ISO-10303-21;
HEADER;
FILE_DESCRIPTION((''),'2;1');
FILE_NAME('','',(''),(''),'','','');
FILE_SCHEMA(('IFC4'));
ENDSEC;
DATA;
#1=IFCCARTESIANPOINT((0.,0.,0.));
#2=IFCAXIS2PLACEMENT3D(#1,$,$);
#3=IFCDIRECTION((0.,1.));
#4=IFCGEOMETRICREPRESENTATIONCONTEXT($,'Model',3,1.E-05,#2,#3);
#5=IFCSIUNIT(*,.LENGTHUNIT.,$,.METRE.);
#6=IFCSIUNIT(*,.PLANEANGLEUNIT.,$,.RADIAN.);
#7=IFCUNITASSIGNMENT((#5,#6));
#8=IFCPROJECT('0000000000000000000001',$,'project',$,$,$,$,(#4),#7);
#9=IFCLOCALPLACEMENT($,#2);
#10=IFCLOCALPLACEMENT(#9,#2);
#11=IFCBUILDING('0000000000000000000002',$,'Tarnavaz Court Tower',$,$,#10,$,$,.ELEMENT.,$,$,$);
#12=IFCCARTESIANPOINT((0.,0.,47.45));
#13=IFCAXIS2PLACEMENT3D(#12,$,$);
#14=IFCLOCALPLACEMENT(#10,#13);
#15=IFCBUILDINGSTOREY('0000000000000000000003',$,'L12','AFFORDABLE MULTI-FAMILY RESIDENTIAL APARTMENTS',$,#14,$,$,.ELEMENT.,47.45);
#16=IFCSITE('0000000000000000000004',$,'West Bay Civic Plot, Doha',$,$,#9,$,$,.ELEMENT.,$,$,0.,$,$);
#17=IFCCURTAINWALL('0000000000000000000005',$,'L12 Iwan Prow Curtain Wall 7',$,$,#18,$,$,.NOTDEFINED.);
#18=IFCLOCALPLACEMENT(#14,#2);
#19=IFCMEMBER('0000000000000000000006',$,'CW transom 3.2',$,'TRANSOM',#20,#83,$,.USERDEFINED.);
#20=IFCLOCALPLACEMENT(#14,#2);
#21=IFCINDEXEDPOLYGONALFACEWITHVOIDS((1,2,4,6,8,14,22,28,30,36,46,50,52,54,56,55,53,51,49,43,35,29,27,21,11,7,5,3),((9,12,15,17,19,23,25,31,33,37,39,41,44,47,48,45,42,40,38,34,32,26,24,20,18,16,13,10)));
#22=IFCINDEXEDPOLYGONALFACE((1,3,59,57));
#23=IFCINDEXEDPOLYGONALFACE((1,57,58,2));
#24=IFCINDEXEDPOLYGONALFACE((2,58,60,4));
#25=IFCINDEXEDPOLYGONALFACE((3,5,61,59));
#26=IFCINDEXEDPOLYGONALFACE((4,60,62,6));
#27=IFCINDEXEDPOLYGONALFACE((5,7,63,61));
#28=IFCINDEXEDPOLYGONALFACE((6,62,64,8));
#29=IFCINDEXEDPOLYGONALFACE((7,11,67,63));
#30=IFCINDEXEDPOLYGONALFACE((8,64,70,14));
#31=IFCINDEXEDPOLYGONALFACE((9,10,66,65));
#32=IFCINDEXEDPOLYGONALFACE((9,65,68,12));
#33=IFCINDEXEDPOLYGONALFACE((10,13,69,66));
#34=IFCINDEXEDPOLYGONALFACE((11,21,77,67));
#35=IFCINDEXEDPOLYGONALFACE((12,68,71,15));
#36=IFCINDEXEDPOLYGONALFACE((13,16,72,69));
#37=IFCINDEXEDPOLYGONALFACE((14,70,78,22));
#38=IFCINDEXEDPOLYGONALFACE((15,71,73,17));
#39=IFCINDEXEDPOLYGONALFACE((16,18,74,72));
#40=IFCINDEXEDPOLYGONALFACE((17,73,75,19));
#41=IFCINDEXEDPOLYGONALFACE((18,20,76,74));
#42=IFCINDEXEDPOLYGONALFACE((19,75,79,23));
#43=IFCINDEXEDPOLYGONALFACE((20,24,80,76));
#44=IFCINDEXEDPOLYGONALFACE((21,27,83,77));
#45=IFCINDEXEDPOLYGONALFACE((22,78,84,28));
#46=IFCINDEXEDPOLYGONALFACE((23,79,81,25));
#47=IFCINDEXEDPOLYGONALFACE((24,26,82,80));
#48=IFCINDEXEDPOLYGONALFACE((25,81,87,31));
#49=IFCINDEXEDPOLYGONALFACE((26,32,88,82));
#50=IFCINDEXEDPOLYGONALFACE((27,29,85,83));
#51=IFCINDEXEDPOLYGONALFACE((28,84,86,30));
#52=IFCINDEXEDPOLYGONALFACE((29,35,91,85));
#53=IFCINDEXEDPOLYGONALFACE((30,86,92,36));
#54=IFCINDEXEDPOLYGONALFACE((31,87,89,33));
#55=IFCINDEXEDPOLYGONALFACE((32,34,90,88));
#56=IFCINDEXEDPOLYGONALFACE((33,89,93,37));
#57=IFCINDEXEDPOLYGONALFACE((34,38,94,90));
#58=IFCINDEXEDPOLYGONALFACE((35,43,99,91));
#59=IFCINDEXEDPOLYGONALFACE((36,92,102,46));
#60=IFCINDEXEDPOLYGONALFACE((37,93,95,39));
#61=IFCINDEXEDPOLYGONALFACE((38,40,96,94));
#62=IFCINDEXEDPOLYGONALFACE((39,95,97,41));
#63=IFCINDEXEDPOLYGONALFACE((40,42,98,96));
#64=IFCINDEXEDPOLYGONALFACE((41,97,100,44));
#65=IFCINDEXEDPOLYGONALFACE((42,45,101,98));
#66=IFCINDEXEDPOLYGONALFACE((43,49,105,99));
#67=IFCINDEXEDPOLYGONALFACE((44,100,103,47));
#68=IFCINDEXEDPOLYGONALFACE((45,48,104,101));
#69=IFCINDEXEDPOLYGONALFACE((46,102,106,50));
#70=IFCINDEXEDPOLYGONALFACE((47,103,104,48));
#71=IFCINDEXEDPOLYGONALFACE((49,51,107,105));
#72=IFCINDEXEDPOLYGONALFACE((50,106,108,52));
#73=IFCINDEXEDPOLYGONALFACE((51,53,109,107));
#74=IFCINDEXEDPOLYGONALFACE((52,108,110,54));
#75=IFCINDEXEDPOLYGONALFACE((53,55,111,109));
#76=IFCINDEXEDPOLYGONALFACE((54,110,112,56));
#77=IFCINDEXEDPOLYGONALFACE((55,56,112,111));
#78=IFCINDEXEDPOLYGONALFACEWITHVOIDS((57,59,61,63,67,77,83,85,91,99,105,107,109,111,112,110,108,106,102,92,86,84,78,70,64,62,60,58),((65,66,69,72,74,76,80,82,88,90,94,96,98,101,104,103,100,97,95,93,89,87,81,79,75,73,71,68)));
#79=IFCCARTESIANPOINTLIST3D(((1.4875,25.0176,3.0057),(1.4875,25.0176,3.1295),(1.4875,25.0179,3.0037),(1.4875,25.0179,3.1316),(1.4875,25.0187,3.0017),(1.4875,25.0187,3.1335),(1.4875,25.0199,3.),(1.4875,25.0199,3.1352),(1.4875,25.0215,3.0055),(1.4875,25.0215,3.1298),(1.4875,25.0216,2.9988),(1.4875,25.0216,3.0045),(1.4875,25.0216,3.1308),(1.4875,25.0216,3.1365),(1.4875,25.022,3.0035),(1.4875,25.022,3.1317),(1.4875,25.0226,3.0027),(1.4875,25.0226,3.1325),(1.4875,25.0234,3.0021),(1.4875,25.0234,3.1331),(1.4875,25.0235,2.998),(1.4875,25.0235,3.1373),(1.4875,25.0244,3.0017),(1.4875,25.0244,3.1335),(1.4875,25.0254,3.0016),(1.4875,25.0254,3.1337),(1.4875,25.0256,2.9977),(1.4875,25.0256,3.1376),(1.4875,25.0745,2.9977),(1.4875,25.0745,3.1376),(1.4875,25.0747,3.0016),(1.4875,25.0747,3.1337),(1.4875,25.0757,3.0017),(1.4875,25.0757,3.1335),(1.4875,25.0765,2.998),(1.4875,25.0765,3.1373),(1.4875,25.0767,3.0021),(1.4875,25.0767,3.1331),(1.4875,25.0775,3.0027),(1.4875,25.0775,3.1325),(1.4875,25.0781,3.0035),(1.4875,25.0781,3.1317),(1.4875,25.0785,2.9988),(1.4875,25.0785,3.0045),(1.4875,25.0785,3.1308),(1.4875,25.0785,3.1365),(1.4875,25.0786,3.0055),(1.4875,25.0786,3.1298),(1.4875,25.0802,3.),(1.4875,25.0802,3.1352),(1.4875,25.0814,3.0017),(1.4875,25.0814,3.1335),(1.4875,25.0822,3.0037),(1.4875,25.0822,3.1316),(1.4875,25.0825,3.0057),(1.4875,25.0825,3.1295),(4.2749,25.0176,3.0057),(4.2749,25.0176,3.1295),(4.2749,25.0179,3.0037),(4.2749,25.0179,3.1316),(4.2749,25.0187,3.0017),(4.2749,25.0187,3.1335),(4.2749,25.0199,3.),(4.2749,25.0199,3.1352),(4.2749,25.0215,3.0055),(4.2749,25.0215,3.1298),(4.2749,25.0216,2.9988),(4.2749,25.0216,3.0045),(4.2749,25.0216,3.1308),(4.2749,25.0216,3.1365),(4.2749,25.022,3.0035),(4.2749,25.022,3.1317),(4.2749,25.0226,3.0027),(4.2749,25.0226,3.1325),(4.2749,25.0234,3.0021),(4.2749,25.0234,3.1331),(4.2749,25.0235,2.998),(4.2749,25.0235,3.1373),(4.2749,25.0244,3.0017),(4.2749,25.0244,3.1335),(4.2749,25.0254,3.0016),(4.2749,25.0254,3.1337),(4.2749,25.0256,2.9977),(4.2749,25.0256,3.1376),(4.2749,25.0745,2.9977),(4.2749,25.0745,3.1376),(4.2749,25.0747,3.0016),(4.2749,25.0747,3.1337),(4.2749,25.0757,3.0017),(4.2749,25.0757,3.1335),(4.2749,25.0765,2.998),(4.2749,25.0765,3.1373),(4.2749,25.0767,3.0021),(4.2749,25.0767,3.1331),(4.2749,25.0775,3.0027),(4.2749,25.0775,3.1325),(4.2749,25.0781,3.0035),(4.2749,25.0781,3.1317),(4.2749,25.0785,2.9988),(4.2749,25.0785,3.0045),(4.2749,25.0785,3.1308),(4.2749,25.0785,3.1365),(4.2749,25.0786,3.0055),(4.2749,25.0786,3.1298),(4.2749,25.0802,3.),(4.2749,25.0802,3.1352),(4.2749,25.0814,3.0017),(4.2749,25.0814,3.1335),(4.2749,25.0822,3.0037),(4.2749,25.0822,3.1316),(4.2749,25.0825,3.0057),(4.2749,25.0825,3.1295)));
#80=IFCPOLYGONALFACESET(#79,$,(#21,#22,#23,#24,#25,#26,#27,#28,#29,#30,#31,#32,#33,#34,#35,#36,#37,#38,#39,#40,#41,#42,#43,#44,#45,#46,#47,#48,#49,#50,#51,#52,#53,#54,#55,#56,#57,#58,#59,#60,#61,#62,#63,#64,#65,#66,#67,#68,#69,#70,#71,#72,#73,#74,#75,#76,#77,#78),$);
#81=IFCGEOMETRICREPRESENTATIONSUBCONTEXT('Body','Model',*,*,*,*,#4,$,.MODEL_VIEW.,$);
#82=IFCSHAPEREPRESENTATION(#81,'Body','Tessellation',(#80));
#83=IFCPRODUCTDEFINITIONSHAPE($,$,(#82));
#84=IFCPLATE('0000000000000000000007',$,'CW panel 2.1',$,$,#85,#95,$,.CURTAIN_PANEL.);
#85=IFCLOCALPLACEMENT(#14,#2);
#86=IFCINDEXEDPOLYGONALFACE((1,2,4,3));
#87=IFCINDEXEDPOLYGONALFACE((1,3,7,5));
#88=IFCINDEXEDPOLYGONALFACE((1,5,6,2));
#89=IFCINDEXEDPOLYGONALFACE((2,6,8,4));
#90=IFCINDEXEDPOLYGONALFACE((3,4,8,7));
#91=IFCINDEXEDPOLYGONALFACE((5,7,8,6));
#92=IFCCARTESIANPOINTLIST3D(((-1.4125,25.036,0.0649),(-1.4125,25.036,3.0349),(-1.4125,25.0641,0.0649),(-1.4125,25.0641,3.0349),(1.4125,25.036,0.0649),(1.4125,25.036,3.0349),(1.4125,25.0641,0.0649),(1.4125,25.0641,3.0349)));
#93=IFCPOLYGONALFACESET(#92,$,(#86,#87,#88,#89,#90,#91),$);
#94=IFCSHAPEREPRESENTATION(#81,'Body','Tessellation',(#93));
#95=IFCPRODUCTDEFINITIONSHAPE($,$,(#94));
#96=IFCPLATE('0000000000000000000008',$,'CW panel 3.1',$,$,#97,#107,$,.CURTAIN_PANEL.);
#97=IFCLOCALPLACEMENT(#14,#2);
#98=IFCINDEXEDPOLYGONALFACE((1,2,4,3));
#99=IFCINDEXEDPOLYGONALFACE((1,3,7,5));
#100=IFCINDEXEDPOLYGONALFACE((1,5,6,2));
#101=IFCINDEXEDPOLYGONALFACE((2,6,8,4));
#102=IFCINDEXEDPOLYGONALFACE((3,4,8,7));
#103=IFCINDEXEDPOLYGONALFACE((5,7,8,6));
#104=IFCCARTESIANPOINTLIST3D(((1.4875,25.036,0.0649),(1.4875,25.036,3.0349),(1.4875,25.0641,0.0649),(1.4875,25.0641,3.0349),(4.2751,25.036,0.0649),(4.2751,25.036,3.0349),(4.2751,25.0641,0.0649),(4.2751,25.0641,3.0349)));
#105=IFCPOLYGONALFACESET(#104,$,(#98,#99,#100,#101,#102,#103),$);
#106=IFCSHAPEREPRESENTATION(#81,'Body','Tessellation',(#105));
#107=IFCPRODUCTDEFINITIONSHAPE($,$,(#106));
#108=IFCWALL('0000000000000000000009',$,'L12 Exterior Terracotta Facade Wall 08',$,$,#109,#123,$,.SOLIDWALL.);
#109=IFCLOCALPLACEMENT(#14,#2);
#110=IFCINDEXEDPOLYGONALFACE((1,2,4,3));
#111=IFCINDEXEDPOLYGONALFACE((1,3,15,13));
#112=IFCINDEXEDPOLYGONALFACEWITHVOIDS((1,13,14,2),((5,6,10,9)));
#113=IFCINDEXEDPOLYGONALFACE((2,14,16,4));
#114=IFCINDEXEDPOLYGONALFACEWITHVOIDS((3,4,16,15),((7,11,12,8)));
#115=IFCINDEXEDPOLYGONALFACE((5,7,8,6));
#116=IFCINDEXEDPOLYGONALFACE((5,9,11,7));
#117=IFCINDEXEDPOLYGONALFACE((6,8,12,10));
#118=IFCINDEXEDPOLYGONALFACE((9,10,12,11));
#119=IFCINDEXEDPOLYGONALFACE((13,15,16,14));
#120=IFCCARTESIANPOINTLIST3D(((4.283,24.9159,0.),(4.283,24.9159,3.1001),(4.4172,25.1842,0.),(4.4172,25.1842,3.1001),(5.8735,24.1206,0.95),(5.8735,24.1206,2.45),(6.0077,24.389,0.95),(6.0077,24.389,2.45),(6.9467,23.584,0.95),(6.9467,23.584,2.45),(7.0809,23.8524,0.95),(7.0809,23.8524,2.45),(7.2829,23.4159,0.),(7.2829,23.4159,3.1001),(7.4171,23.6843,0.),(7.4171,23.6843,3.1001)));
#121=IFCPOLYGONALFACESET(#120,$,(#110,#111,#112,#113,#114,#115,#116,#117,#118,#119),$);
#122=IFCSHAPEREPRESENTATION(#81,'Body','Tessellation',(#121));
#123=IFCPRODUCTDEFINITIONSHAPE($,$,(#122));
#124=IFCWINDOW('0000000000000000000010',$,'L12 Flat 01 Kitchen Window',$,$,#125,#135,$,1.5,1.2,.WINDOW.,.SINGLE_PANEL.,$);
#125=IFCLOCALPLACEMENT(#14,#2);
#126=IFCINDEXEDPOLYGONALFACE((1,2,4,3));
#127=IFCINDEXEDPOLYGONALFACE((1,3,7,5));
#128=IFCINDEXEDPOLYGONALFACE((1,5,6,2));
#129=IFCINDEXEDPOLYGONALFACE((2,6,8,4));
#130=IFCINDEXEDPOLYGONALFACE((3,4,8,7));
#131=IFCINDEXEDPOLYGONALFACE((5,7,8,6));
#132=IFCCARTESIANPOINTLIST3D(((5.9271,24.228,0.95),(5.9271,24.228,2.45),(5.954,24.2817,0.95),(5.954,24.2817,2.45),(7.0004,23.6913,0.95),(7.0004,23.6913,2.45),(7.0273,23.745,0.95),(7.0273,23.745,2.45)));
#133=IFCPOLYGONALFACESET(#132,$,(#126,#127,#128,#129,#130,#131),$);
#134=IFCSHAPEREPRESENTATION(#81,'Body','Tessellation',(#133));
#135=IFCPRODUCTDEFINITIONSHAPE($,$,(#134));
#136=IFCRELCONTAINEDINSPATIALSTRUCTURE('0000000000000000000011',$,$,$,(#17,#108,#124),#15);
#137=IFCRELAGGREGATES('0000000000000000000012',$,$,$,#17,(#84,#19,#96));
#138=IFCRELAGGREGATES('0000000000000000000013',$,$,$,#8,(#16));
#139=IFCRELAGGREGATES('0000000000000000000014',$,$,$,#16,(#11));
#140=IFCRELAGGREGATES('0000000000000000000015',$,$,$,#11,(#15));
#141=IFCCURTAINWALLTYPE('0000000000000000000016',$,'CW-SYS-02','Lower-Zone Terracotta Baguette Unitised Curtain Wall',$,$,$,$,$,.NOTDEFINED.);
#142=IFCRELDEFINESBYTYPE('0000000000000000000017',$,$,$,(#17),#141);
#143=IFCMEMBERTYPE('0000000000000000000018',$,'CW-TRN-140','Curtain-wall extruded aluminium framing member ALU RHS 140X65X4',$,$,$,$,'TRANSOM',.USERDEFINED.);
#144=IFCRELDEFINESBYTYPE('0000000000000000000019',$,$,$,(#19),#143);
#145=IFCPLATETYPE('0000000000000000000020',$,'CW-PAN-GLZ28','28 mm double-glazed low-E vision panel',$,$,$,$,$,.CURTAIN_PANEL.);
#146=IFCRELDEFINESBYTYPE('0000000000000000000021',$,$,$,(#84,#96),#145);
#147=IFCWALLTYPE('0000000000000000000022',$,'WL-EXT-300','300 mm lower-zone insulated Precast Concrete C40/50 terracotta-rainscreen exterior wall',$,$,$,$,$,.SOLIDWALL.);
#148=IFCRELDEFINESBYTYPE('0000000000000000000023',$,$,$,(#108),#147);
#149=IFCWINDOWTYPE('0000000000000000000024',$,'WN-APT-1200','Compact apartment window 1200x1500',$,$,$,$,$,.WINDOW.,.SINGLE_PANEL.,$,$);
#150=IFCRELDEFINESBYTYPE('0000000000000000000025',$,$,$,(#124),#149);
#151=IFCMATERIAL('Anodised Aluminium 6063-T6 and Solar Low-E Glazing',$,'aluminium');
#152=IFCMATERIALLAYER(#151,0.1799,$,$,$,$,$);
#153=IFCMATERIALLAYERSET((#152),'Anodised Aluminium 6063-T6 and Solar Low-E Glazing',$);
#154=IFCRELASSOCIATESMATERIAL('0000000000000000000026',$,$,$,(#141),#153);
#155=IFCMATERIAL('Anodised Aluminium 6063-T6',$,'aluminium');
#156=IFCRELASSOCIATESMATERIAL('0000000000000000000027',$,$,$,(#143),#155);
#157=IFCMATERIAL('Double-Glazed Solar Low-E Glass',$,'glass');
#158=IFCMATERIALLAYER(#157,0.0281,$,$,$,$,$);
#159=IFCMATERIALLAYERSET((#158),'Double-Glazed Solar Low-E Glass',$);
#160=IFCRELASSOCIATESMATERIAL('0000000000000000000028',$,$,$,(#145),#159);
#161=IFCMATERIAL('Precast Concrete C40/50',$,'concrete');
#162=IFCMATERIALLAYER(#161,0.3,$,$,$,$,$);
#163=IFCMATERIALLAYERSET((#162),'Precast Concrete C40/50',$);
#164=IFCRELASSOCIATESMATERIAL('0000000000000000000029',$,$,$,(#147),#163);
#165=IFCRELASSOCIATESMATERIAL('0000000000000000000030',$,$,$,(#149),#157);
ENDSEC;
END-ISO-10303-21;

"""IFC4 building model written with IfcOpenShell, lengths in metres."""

from ifc_helpers import new_model, si_unit, direction, frame, frame_2d, origin, origin_2d, place, context, subcontext, project, spatial, rectangle, hollow_rectangle, extrude, material, layer, layer_set, material_profile, profile_set, type_object, element, fill, aggregate, save


model = new_model("IFC4")

# Units and contexts
model_context = context("Model", 3, precision=1e-05, world=origin(), true_north=direction((0.0, 1.0)))
body_context = subcontext(model_context, "Body", "Model", "MODEL_VIEW")
ifc_project = project(units=[si_unit("LENGTHUNIT", "METRE"), si_unit("PLANEANGLEUNIT", "RADIAN")], contexts=[model_context])

# Site, building, storey
site_placement = place(None, origin())
site = spatial("IfcSite", under=ifc_project, at=site_placement, Name="West Bay Civic Plot, Doha", CompositionType="ELEMENT", RefElevation=0.0)
building_placement = place(site_placement, origin())
building = spatial("IfcBuilding", under=site, at=building_placement, Name="Tarnavaz Court Tower", CompositionType="ELEMENT")
storey_placement = place(building_placement, frame((0.0, 0.0, 47.45)))
storey = spatial("IfcBuildingStorey", under=building, at=storey_placement, Name="L12", Description="AFFORDABLE MULTI-FAMILY RESIDENTIAL APARTMENTS", CompositionType="ELEMENT", Elevation=47.45)

# Curtain wall, member, plates
ifc_material_1 = material(Name="Anodised Aluminium 6063-T6 and Solar Low-E Glazing", Category="aluminium")
ifc_layer_1 = layer(ifc_material_1, 0.1799)
ifc_layer_set_1 = layer_set([ifc_layer_1], Name="Anodised Aluminium 6063-T6 and Solar Low-E Glazing")
curtain_wall_type = type_object("IfcCurtainWallType", Name="CW-SYS-02", Description="Lower-Zone Terracotta Baguette Unitised Curtain Wall", PredefinedType="NOTDEFINED", material=ifc_layer_set_1)
curtain_wall_placement = place(storey_placement, origin())
curtain_wall = element("IfcCurtainWall", 1, at=curtain_wall_placement, inside=storey, type_object=curtain_wall_type, Name="L12 Iwan Prow Curtain Wall 7", PredefinedType="NOTDEFINED")
ifc_material_2 = material(Name="Anodised Aluminium 6063-T6", Category="aluminium")
ifc_material_profile_1 = material_profile(ifc_material_2, hollow_rectangle(XDim=0.0649, YDim=0.1399, WallThickness=0.0039, InnerFilletRadius=0.0039, OuterFilletRadius=0.0081, at=origin_2d()), Name="ALU RHS 140X65X4")
ifc_profile_set_1 = profile_set([ifc_material_profile_1], Name="Anodised Aluminium 6063-T6")
member_type_1 = type_object("IfcMemberType", Name="CW-TRN-140", Description="Curtain-wall extruded aluminium framing member ALU RHS 140X65X4", ElementType="TRANSOM", PredefinedType="USERDEFINED", material=ifc_profile_set_1)
member_1_placement = place(storey_placement, frame((1.4875, 25.05, 3.0676), z_axis=(1.0, 0.0, 0.0), x_axis=(0.0, 1.0, 0.0)))
member_1 = element("IfcMember", 2, at=member_1_placement, type_object=member_type_1, Name="CW transom 3.2", ObjectType="TRANSOM", PredefinedType="USERDEFINED", context=body_context, shape_type="SweptSolid", body=[
    extrude(hollow_rectangle(XDim=0.0649, YDim=0.1399, WallThickness=0.0039, InnerFilletRadius=0.0039, OuterFilletRadius=0.0081, at=origin_2d()), origin(), (0.0, 0.0, 1.0), 2.7874),
])
ifc_material_3 = material(Name="Double-Glazed Solar Low-E Glass", Category="glass")
ifc_layer_2 = layer(ifc_material_3, 0.0281)
ifc_layer_set_2 = layer_set([ifc_layer_2], Name="Double-Glazed Solar Low-E Glass")
plate_type = type_object("IfcPlateType", Name="CW-PAN-GLZ28", Description="28 mm double-glazed low-E vision panel", PredefinedType="CURTAIN_PANEL", material=ifc_layer_set_2)
plate_1_placement = place(storey_placement, frame((0.0, 25.05, 0.0649), z_axis=(0.0, 0.0, 1.0), x_axis=(1.0, 0.0, 0.0)))
plate_1 = element("IfcPlate", 3, at=plate_1_placement, type_object=plate_type, Name="CW panel 2.1", PredefinedType="CURTAIN_PANEL", context=body_context, shape_type="SweptSolid", body=[
    extrude(rectangle(XDim=2.825, YDim=0.0281, at=origin_2d()), origin(), (0.0, 0.0, 1.0), 2.97),
])
plate_2_placement = place(storey_placement, frame((2.8813, 25.05, 0.0649), z_axis=(0.0, 0.0, 1.0), x_axis=(1.0, 0.0, 0.0)))
plate_2 = element("IfcPlate", 4, at=plate_2_placement, type_object=plate_type, Name="CW panel 3.1", PredefinedType="CURTAIN_PANEL", context=body_context, shape_type="SweptSolid", body=[
    extrude(rectangle(XDim=2.7876, YDim=0.0281, at=origin_2d()), origin(), (0.0, 0.0, 1.0), 2.97),
])
aggregate(curtain_wall, [plate_1, member_1, plate_2])

# Wall, opening, window
ifc_material_4 = material(Name="Precast Concrete C40/50", Category="concrete")
ifc_layer_3 = layer(ifc_material_4, 0.3)
ifc_layer_set_3 = layer_set([ifc_layer_3], Name="Precast Concrete C40/50")
wall_type_1 = type_object("IfcWallType", Name="WL-EXT-300", Description="300 mm lower-zone insulated Precast Concrete C40/50 terracotta-rainscreen exterior wall", PredefinedType="SOLIDWALL", material=ifc_layer_set_3)
wall_1_placement = place(storey_placement, frame((4.3501, 25.05, 0.0), z_axis=(0.0, 0.0, 1.0), x_axis=(0.894427, -0.447214, 0.0)))
wall_1 = element("IfcWall", 5, at=wall_1_placement, inside=storey, type_object=wall_type_1, Name="L12 Exterior Terracotta Facade Wall 08", PredefinedType="SOLIDWALL", context=body_context, shape_type="SweptSolid", body=[
    extrude(rectangle(XDim=3.354, YDim=0.3, at=frame_2d((1.677, 0.0))), origin(), (0.0, 0.0, 1.0), 3.1001),
])
opening_1_placement = place(wall_1_placement, frame((1.7781, 0.0, 0.95)))
opening_1 = element("IfcOpeningElement", 6, at=opening_1_placement, cuts=wall_1, PredefinedType="OPENING", context=body_context, shape_type="SweptSolid", body=[
    extrude(rectangle(XDim=1.2, YDim=1.5, at=frame_2d((0.6001, 0.75))), frame((0.0, 0.1599, 0.0), z_axis=(0.0, -1.0, 0.0), x_axis=(1.0, 0.0, 0.0)), (0.0, 0.0, 1.0), 0.3201),
])
window_type_1 = type_object("IfcWindowType", Name="WN-APT-1200", Description="Compact apartment window 1200x1500", PartitioningType="SINGLE_PANEL", PredefinedType="WINDOW", material=ifc_material_3)
window_1_placement = place(opening_1_placement, origin())
window_1 = element("IfcWindow", 7, at=window_1_placement, inside=storey, type_object=window_type_1, Name="L12 Flat 01 Kitchen Window", OverallHeight=1.5, OverallWidth=1.2, PartitioningType="SINGLE_PANEL", PredefinedType="WINDOW", context=body_context, shape_type="SweptSolid", body=[
    extrude(rectangle(XDim=1.2, YDim=1.5, at=frame_2d((0.6001, 0.75))), frame((0.0, 0.03, 0.0), z_axis=(0.0, -1.0, 0.0), x_axis=(1.0, 0.0, 0.0)), (0.0, 0.0, 1.0), 0.0601),
])
fill(opening_1, window_1)

save(model, "model.ifc")
